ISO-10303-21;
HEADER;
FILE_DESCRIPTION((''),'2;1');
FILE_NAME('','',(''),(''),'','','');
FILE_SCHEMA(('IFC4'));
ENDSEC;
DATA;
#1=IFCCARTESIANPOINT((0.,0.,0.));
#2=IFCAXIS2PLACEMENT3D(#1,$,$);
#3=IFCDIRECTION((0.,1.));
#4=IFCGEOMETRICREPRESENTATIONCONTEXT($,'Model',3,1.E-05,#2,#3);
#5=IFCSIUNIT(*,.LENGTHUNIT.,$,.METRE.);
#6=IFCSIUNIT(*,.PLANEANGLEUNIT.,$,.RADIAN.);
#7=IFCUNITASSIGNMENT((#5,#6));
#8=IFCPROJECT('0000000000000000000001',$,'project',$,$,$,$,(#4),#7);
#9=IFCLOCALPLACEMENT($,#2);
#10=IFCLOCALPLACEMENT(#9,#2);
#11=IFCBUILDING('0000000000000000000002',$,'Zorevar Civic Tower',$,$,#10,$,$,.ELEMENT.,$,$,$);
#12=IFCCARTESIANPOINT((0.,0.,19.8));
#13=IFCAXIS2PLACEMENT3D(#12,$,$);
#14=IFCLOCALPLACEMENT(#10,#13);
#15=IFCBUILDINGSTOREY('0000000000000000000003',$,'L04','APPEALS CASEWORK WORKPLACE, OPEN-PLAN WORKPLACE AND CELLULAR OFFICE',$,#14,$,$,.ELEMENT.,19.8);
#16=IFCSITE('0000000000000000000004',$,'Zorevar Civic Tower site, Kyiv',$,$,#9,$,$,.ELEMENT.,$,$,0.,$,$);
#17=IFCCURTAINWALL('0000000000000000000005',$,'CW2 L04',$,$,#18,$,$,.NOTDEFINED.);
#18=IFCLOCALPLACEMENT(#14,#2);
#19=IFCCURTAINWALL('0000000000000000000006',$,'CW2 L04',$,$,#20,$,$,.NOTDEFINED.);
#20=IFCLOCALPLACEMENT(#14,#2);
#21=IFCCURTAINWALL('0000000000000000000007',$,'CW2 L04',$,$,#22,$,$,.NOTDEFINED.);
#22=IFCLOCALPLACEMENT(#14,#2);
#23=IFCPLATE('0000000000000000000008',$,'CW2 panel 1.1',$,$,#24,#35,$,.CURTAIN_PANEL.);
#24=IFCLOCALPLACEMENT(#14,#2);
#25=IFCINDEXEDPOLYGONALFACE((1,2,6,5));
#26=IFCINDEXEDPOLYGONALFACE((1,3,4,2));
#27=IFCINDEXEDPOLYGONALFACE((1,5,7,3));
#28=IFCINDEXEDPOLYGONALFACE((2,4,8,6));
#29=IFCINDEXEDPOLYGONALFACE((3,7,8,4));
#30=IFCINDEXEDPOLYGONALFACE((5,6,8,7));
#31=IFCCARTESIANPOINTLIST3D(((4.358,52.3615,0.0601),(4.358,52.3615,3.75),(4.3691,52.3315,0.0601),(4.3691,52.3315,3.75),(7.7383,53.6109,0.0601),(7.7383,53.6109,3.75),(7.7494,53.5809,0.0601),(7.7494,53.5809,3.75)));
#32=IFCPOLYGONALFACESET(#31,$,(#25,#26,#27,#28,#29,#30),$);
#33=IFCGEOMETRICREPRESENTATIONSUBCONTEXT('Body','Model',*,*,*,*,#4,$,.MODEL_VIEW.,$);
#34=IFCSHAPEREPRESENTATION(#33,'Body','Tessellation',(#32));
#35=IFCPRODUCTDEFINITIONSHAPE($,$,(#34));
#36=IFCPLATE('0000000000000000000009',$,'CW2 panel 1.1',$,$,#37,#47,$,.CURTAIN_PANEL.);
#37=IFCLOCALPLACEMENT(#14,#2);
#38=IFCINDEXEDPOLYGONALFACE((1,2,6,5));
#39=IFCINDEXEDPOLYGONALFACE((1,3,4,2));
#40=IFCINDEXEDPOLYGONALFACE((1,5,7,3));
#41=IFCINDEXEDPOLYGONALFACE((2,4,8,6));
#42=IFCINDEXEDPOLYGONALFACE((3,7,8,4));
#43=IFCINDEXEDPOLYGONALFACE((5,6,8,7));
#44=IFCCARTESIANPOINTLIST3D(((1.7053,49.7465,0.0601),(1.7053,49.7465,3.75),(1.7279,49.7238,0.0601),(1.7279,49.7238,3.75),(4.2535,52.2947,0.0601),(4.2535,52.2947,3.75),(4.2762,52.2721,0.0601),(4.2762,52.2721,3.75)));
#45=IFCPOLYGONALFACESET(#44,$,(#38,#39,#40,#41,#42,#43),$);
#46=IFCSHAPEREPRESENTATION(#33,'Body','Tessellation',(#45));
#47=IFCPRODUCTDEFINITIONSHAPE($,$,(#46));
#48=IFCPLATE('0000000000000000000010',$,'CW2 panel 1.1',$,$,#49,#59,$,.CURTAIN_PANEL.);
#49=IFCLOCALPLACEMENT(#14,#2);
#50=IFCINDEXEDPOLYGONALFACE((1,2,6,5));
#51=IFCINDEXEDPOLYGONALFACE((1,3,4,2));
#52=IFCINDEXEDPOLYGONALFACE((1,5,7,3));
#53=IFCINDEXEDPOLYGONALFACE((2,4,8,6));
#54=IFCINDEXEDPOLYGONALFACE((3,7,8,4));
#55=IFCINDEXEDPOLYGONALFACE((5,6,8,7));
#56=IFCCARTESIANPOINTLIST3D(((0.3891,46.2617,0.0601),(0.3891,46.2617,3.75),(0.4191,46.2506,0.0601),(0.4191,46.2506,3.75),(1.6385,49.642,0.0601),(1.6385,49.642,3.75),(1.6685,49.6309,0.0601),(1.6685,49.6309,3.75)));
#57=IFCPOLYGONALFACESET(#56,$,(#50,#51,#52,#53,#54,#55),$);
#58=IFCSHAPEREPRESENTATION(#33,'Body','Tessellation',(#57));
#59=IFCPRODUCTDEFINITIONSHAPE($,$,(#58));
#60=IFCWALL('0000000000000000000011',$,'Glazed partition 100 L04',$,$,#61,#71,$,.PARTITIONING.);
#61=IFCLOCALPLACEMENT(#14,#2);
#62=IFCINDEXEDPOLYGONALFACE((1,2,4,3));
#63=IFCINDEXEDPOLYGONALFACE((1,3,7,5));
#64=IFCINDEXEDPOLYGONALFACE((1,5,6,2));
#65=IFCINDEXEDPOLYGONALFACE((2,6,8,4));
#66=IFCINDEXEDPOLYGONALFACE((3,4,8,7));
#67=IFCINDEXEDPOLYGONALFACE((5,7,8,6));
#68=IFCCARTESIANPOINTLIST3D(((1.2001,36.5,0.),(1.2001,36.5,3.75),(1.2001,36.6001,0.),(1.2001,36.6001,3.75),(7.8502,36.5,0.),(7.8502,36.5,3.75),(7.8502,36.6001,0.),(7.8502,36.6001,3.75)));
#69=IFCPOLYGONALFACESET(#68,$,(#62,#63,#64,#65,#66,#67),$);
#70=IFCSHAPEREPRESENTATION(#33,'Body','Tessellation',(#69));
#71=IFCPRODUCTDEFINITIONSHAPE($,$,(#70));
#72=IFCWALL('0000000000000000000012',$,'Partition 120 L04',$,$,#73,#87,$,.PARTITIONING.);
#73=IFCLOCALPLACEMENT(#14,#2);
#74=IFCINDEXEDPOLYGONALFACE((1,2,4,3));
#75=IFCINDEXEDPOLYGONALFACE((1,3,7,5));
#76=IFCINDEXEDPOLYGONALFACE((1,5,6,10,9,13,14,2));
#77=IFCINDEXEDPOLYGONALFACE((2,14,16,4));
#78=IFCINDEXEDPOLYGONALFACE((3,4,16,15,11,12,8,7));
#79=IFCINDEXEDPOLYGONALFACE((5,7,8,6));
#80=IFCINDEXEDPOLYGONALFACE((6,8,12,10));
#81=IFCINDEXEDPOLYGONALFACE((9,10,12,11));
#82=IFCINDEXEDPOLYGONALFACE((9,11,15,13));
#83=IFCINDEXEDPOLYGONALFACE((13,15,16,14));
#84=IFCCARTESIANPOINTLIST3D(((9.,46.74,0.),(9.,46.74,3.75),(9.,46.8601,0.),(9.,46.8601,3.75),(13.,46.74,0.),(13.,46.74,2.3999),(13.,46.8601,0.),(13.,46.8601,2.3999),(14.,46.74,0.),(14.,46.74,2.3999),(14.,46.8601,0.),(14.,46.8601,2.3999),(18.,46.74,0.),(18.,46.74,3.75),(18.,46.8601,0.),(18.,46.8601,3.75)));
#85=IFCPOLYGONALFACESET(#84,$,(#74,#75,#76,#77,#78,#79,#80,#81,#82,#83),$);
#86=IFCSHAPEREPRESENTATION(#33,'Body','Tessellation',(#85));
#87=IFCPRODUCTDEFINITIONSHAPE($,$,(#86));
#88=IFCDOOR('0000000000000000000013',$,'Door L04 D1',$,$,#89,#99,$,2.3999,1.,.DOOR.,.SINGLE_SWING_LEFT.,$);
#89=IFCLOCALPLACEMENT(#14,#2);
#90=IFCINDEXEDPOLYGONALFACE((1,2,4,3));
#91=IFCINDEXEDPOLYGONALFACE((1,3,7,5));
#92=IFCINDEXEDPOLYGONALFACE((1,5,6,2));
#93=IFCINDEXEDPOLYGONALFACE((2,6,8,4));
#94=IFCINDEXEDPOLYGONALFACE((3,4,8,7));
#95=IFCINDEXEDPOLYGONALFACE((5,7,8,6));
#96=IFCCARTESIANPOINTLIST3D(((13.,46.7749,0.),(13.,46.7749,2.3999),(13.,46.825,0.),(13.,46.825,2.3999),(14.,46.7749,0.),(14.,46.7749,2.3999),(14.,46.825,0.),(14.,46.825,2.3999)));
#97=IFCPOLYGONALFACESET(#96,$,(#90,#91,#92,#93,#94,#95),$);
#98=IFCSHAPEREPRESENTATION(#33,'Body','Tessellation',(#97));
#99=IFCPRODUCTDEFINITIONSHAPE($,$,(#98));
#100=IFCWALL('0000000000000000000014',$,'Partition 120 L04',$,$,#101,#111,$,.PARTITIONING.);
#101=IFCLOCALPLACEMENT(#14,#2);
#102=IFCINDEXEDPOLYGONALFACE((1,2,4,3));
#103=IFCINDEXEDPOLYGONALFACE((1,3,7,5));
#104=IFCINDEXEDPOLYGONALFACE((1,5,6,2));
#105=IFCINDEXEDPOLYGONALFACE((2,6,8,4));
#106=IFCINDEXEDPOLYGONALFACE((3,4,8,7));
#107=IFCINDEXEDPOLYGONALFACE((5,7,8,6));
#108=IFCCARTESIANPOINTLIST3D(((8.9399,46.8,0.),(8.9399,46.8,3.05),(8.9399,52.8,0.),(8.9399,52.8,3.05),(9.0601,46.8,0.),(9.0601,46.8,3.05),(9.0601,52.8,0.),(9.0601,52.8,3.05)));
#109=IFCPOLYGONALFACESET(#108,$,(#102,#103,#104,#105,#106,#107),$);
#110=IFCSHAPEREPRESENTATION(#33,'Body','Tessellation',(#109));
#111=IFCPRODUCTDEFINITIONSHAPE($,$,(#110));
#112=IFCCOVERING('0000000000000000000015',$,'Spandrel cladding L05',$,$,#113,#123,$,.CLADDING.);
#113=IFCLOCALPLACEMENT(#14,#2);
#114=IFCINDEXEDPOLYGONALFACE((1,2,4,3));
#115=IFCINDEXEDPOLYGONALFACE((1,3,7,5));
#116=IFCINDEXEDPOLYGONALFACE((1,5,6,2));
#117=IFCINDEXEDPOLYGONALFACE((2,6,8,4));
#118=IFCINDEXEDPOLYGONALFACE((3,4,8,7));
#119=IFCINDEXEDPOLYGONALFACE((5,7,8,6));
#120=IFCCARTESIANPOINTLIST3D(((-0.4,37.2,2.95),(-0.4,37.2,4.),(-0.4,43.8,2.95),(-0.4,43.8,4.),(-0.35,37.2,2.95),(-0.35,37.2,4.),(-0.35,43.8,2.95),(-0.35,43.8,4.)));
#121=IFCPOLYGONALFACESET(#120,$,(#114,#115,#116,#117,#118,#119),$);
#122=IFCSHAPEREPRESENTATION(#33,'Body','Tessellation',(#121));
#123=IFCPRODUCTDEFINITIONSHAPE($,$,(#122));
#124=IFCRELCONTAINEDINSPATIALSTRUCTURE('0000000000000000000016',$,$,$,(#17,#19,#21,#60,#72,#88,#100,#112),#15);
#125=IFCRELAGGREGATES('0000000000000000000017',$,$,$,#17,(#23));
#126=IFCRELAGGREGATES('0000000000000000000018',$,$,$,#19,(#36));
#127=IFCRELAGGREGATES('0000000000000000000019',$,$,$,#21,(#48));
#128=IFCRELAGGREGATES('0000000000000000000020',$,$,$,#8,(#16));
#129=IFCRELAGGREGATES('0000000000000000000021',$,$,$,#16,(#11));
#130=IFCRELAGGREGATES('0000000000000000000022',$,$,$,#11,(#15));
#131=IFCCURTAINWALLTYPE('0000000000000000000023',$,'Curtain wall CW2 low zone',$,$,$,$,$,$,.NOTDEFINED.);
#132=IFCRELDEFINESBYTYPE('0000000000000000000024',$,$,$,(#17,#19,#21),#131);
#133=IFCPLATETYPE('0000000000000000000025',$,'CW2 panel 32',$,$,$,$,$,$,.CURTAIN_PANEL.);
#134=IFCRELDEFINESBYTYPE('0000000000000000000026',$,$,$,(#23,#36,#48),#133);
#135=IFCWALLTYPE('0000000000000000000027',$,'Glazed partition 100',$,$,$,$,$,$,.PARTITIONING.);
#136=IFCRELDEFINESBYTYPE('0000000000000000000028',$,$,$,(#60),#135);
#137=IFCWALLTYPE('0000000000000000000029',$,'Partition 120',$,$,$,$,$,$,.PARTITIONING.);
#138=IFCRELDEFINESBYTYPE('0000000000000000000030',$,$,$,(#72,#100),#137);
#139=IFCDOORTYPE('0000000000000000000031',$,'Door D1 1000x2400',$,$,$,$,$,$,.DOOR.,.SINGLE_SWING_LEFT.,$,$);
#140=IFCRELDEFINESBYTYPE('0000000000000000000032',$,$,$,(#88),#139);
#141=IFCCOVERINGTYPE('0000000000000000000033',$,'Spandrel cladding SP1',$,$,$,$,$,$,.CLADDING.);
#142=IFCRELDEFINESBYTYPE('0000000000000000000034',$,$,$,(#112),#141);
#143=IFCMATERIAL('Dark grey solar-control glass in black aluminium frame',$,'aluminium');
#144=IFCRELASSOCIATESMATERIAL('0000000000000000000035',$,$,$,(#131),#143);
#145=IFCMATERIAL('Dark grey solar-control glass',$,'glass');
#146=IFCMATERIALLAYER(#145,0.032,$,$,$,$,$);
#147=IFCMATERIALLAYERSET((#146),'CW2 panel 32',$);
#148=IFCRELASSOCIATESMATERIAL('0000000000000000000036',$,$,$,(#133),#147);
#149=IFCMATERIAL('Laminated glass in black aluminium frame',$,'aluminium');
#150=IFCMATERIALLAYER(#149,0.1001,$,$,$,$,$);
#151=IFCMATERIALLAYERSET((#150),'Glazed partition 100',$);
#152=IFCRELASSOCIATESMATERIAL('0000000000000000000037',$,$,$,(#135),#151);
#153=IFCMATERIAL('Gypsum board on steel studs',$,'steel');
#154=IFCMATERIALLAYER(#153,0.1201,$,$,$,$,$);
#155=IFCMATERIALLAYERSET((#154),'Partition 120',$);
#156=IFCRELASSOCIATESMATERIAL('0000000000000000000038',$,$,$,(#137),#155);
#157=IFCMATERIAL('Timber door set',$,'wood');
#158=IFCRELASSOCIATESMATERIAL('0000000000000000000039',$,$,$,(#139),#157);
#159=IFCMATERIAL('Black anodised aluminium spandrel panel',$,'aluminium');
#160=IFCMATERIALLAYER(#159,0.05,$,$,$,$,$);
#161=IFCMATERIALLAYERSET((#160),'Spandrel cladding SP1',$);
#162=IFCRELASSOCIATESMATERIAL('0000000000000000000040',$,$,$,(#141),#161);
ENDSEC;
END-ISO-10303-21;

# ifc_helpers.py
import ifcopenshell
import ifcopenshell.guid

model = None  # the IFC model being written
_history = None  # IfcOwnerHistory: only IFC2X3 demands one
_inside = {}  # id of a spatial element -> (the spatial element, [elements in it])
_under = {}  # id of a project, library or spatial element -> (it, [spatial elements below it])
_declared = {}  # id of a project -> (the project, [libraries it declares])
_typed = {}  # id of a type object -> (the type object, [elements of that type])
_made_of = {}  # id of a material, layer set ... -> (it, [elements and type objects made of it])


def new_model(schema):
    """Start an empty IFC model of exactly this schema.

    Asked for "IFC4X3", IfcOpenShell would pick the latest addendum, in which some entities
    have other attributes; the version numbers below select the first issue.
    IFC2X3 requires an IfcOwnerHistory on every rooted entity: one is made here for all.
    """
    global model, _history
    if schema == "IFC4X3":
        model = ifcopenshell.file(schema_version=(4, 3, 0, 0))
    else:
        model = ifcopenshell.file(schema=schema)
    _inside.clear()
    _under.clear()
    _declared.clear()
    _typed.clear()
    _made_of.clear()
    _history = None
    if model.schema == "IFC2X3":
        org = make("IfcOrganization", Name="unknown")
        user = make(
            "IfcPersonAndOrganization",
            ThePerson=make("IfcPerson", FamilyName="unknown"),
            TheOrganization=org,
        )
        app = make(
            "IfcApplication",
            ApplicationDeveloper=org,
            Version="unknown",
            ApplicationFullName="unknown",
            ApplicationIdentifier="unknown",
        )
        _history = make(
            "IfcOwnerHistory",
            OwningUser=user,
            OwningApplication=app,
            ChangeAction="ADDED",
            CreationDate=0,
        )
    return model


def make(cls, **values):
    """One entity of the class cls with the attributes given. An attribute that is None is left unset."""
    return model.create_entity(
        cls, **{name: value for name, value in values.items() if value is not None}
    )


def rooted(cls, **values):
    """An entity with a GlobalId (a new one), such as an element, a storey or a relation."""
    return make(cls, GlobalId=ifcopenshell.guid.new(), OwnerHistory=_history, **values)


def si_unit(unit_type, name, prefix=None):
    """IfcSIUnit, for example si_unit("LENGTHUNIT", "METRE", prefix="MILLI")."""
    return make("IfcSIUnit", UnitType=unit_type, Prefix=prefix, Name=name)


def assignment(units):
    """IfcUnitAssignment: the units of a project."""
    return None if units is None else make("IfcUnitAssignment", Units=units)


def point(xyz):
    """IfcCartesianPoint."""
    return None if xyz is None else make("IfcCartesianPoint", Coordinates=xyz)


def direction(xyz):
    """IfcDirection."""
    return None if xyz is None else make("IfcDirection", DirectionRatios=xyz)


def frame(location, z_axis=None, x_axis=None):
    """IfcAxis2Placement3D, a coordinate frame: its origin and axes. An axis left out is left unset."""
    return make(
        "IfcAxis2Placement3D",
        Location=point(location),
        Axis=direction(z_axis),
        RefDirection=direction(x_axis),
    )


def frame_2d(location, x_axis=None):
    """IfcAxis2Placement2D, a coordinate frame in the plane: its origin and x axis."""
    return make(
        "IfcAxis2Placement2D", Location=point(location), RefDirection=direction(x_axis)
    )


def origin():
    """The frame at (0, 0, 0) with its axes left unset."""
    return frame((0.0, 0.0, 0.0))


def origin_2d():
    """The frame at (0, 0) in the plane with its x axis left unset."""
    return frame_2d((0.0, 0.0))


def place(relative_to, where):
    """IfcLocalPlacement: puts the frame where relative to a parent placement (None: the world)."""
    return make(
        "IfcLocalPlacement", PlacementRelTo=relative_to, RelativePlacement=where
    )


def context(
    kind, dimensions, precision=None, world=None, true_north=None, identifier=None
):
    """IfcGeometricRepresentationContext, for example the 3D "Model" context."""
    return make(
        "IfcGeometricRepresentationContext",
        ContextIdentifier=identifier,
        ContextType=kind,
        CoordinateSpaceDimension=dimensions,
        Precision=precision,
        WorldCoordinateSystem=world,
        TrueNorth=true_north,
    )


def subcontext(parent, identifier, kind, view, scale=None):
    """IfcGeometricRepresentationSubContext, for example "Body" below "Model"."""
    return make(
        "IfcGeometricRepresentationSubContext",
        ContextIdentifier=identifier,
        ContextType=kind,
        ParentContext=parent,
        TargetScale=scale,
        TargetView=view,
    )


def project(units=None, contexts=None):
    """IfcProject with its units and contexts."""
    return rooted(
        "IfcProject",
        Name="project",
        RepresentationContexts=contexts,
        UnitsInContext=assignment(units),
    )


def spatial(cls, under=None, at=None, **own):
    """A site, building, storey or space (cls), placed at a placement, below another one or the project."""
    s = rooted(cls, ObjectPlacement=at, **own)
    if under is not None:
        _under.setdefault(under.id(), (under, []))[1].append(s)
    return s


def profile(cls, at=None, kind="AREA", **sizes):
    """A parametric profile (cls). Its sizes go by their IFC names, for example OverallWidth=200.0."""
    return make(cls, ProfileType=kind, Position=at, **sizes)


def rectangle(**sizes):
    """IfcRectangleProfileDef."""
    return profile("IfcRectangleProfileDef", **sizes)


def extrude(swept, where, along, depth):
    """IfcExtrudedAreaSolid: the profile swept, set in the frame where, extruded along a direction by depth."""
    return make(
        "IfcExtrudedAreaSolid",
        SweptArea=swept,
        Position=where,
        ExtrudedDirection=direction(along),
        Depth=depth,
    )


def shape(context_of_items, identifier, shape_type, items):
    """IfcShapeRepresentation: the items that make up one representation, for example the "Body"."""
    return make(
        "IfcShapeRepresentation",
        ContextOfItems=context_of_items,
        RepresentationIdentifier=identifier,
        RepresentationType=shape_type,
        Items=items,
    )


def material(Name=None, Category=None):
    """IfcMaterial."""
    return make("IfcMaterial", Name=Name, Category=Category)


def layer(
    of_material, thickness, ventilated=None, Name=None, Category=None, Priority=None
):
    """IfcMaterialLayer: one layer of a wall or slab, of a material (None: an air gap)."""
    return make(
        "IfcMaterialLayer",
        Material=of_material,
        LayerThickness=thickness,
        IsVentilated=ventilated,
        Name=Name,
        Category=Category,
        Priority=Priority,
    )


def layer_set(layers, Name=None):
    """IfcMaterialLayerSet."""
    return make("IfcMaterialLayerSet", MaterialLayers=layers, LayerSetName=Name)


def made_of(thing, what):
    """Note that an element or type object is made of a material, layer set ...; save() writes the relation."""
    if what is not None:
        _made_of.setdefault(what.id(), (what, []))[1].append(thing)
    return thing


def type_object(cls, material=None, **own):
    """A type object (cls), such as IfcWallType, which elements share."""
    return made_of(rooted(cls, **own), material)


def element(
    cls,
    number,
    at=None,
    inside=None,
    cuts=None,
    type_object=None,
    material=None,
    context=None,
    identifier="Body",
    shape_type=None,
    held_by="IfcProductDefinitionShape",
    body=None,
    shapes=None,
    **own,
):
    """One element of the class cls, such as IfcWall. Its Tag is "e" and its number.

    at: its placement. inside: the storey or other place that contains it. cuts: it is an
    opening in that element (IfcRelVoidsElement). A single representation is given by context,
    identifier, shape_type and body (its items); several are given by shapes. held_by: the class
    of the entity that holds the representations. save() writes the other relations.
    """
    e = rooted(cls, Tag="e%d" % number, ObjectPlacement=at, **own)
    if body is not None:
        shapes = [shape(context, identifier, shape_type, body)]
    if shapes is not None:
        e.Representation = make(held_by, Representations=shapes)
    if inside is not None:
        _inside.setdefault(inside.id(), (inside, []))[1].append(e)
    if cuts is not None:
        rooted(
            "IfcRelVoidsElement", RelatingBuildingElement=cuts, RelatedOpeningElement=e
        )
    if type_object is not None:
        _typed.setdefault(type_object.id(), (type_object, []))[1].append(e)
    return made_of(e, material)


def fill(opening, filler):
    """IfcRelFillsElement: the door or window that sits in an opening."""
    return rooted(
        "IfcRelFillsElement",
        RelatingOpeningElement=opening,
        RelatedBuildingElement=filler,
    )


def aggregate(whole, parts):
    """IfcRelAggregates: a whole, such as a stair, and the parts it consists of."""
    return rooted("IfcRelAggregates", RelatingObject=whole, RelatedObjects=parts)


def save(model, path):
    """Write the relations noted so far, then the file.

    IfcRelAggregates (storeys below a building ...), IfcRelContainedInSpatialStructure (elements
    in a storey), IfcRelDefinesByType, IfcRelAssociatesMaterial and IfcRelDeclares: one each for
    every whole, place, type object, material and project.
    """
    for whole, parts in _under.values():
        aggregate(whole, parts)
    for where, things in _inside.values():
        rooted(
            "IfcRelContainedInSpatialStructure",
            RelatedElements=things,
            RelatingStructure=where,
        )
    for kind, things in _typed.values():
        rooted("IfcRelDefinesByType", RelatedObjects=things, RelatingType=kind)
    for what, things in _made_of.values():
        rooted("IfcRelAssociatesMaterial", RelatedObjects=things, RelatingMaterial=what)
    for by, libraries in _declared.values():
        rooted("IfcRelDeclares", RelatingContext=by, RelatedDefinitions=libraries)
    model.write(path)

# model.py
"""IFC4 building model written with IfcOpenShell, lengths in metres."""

from ifc_helpers import new_model, si_unit, direction, frame, frame_2d, origin, origin_2d, place, context, subcontext, project, spatial, rectangle, extrude, material, layer, layer_set, type_object, element, fill, aggregate, save


model = new_model("IFC4")

# Units and contexts
model_context = context("Model", 3, precision=1e-05, world=origin(), true_north=direction((0.0, 1.0)))
body_context = subcontext(model_context, "Body", "Model", "MODEL_VIEW")
ifc_project = project(units=[si_unit("LENGTHUNIT", "METRE"), si_unit("PLANEANGLEUNIT", "RADIAN")], contexts=[model_context])

# Site, building, storey
site_placement = place(None, origin())
site = spatial("IfcSite", under=ifc_project, at=site_placement, Name="Zorevar Civic Tower site, Kyiv", CompositionType="ELEMENT", RefElevation=0.0)
building_placement = place(site_placement, origin())
building = spatial("IfcBuilding", under=site, at=building_placement, Name="Zorevar Civic Tower", CompositionType="ELEMENT")
storey_placement = place(building_placement, frame((0.0, 0.0, 19.8)))
storey = spatial("IfcBuildingStorey", under=building, at=storey_placement, Name="L04", Description="APPEALS CASEWORK WORKPLACE, OPEN-PLAN WORKPLACE AND CELLULAR OFFICE", CompositionType="ELEMENT", Elevation=19.8)

# Curtain walls
ifc_material_1 = material(Name="Dark grey solar-control glass in black aluminium frame", Category="aluminium")
curtain_wall_type = type_object("IfcCurtainWallType", Name="Curtain wall CW2 low zone", PredefinedType="NOTDEFINED", material=ifc_material_1)
curtain_wall_1_placement = place(storey_placement, origin())
curtain_wall_1 = element("IfcCurtainWall", 1, at=curtain_wall_1_placement, inside=storey, type_object=curtain_wall_type, Name="CW2 L04", PredefinedType="NOTDEFINED")
curtain_wall_2_placement = place(storey_placement, origin())
curtain_wall_2 = element("IfcCurtainWall", 2, at=curtain_wall_2_placement, inside=storey, type_object=curtain_wall_type, Name="CW2 L04", PredefinedType="NOTDEFINED")
curtain_wall_3_placement = place(storey_placement, origin())
curtain_wall_3 = element("IfcCurtainWall", 3, at=curtain_wall_3_placement, inside=storey, type_object=curtain_wall_type, Name="CW2 L04", PredefinedType="NOTDEFINED")

# Plates
ifc_material_2 = material(Name="Dark grey solar-control glass", Category="glass")
ifc_layer_1 = layer(ifc_material_2, 0.032)
ifc_layer_set_1 = layer_set([ifc_layer_1], Name="CW2 panel 32")
plate_type = type_object("IfcPlateType", Name="CW2 panel 32", PredefinedType="CURTAIN_PANEL", material=ifc_layer_set_1)
plate_1_placement = place(storey_placement, frame((6.0537, 52.9712, 0.0601), z_axis=(0.0, 0.0, 1.0), x_axis=(-0.937975, -0.346704, 0.0)))
plate_1 = element("IfcPlate", 4, at=plate_1_placement, type_object=plate_type, Name="CW2 panel 1.1", PredefinedType="CURTAIN_PANEL", context=body_context, shape_type="SweptSolid", body=[
    extrude(rectangle(XDim=3.6038, YDim=0.032, at=origin_2d()), origin(), (0.0, 0.0, 1.0), 3.6899),
])
aggregate(curtain_wall_1, [plate_1])
plate_2_placement = place(storey_placement, frame((2.9907, 51.0093, 0.0601), z_axis=(0.0, 0.0, 1.0), x_axis=(-0.707107, -0.707107, 0.0)))
plate_2 = element("IfcPlate", 5, at=plate_2_placement, type_object=plate_type, Name="CW2 panel 1.1", PredefinedType="CURTAIN_PANEL", context=body_context, shape_type="SweptSolid", body=[
    extrude(rectangle(XDim=3.6038, YDim=0.032, at=origin_2d()), origin(), (0.0, 0.0, 1.0), 3.6899),
])
aggregate(curtain_wall_2, [plate_2])
plate_3_placement = place(storey_placement, frame((1.0288, 47.9463, 0.0601), z_axis=(0.0, 0.0, 1.0), x_axis=(-0.346704, -0.937975, 0.0)))
plate_3 = element("IfcPlate", 6, at=plate_3_placement, type_object=plate_type, Name="CW2 panel 1.1", PredefinedType="CURTAIN_PANEL", context=body_context, shape_type="SweptSolid", body=[
    extrude(rectangle(XDim=3.6038, YDim=0.032, at=origin_2d()), origin(), (0.0, 0.0, 1.0), 3.6899),
])
aggregate(curtain_wall_3, [plate_3])

# Wall
ifc_material_3 = material(Name="Laminated glass in black aluminium frame", Category="aluminium")
ifc_layer_2 = layer(ifc_material_3, 0.1001)
ifc_layer_set_2 = layer_set([ifc_layer_2], Name="Glazed partition 100")
wall_type_1 = type_object("IfcWallType", Name="Glazed partition 100", PredefinedType="PARTITIONING", material=ifc_layer_set_2)
wall_1_placement = place(storey_placement, frame((1.2, 36.55, 0.0), z_axis=(0.0, 0.0, 1.0), x_axis=(1.0, 0.0, 0.0)))
element("IfcWall", 7, at=wall_1_placement, inside=storey, type_object=wall_type_1, Name="Glazed partition 100 L04", PredefinedType="PARTITIONING", context=body_context, shape_type="SweptSolid", body=[
    extrude(rectangle(XDim=6.6501, YDim=0.1001, at=frame_2d((3.3252, 0.0))), origin(), (0.0, 0.0, 1.0), 3.75),
])

# Wall, opening, door
ifc_material_4 = material(Name="Gypsum board on steel studs", Category="steel")
ifc_layer_3 = layer(ifc_material_4, 0.1201)
ifc_layer_set_3 = layer_set([ifc_layer_3], Name="Partition 120")
wall_type_2 = type_object("IfcWallType", Name="Partition 120", PredefinedType="PARTITIONING", material=ifc_layer_set_3)
wall_2_placement = place(storey_placement, frame((9.0, 46.8, 0.0), z_axis=(0.0, 0.0, 1.0), x_axis=(1.0, 0.0, 0.0)))
wall_2 = element("IfcWall", 8, at=wall_2_placement, inside=storey, type_object=wall_type_2, Name="Partition 120 L04", PredefinedType="PARTITIONING", context=body_context, shape_type="SweptSolid", body=[
    extrude(rectangle(XDim=9.0, YDim=0.1201, at=frame_2d((4.5, 0.0))), origin(), (0.0, 0.0, 1.0), 3.75),
])
opening_placement = place(wall_2_placement, frame((4.0, 0.0, 0.0)))
opening = element("IfcOpeningElement", 9, at=opening_placement, cuts=wall_2, PredefinedType="OPENING", context=body_context, shape_type="SweptSolid", body=[
    extrude(rectangle(XDim=1.0, YDim=2.3999, at=frame_2d((0.5, 1.2))), frame((0.0, 0.0701, 0.0), z_axis=(0.0, -1.0, 0.0), x_axis=(1.0, 0.0, 0.0)), (0.0, 0.0, 1.0), 0.1401),
])
ifc_material_5 = material(Name="Timber door set", Category="wood")
door_type = type_object("IfcDoorType", Name="Door D1 1000x2400", OperationType="SINGLE_SWING_LEFT", PredefinedType="DOOR", material=ifc_material_5)
door_placement = place(opening_placement, origin())
door = element("IfcDoor", 10, at=door_placement, inside=storey, type_object=door_type, Name="Door L04 D1", OperationType="SINGLE_SWING_LEFT", OverallHeight=2.3999, OverallWidth=1.0, PredefinedType="DOOR", context=body_context, shape_type="SweptSolid", body=[
    extrude(rectangle(XDim=1.0, YDim=2.3999, at=frame_2d((0.5, 1.2))), frame((0.0, 0.0249, 0.0), z_axis=(0.0, -1.0, 0.0), x_axis=(1.0, 0.0, 0.0)), (0.0, 0.0, 1.0), 0.05),
])
fill(opening, door)

# Wall
wall_3_placement = place(storey_placement, frame((9.0, 46.8, 0.0), z_axis=(0.0, 0.0, 1.0), x_axis=(0.0, 1.0, 0.0)))
element("IfcWall", 11, at=wall_3_placement, inside=storey, type_object=wall_type_2, Name="Partition 120 L04", PredefinedType="PARTITIONING", context=body_context, shape_type="SweptSolid", body=[
    extrude(rectangle(XDim=6.0, YDim=0.1201, at=frame_2d((3.0, 0.0))), origin(), (0.0, 0.0, 1.0), 3.05),
])

# Covering
ifc_material_6 = material(Name="Black anodised aluminium spandrel panel", Category="aluminium")
ifc_layer_4 = layer(ifc_material_6, 0.05)
ifc_layer_set_4 = layer_set([ifc_layer_4], Name="Spandrel cladding SP1")
covering_type = type_object("IfcCoveringType", Name="Spandrel cladding SP1", PredefinedType="CLADDING", material=ifc_layer_set_4)
covering_placement = place(storey_placement, frame((-0.375, 37.2, 2.95), z_axis=(0.0, 0.0, 1.0), x_axis=(0.0, 1.0, 0.0)))
element("IfcCovering", 12, at=covering_placement, inside=storey, type_object=covering_type, Name="Spandrel cladding L05", PredefinedType="CLADDING", context=body_context, shape_type="SweptSolid", body=[
    extrude(rectangle(XDim=6.6001, YDim=0.05, at=frame_2d((3.3, 0.0))), origin(), (0.0, 0.0, 1.0), 1.05),
])

save(model, "model.ifc")
